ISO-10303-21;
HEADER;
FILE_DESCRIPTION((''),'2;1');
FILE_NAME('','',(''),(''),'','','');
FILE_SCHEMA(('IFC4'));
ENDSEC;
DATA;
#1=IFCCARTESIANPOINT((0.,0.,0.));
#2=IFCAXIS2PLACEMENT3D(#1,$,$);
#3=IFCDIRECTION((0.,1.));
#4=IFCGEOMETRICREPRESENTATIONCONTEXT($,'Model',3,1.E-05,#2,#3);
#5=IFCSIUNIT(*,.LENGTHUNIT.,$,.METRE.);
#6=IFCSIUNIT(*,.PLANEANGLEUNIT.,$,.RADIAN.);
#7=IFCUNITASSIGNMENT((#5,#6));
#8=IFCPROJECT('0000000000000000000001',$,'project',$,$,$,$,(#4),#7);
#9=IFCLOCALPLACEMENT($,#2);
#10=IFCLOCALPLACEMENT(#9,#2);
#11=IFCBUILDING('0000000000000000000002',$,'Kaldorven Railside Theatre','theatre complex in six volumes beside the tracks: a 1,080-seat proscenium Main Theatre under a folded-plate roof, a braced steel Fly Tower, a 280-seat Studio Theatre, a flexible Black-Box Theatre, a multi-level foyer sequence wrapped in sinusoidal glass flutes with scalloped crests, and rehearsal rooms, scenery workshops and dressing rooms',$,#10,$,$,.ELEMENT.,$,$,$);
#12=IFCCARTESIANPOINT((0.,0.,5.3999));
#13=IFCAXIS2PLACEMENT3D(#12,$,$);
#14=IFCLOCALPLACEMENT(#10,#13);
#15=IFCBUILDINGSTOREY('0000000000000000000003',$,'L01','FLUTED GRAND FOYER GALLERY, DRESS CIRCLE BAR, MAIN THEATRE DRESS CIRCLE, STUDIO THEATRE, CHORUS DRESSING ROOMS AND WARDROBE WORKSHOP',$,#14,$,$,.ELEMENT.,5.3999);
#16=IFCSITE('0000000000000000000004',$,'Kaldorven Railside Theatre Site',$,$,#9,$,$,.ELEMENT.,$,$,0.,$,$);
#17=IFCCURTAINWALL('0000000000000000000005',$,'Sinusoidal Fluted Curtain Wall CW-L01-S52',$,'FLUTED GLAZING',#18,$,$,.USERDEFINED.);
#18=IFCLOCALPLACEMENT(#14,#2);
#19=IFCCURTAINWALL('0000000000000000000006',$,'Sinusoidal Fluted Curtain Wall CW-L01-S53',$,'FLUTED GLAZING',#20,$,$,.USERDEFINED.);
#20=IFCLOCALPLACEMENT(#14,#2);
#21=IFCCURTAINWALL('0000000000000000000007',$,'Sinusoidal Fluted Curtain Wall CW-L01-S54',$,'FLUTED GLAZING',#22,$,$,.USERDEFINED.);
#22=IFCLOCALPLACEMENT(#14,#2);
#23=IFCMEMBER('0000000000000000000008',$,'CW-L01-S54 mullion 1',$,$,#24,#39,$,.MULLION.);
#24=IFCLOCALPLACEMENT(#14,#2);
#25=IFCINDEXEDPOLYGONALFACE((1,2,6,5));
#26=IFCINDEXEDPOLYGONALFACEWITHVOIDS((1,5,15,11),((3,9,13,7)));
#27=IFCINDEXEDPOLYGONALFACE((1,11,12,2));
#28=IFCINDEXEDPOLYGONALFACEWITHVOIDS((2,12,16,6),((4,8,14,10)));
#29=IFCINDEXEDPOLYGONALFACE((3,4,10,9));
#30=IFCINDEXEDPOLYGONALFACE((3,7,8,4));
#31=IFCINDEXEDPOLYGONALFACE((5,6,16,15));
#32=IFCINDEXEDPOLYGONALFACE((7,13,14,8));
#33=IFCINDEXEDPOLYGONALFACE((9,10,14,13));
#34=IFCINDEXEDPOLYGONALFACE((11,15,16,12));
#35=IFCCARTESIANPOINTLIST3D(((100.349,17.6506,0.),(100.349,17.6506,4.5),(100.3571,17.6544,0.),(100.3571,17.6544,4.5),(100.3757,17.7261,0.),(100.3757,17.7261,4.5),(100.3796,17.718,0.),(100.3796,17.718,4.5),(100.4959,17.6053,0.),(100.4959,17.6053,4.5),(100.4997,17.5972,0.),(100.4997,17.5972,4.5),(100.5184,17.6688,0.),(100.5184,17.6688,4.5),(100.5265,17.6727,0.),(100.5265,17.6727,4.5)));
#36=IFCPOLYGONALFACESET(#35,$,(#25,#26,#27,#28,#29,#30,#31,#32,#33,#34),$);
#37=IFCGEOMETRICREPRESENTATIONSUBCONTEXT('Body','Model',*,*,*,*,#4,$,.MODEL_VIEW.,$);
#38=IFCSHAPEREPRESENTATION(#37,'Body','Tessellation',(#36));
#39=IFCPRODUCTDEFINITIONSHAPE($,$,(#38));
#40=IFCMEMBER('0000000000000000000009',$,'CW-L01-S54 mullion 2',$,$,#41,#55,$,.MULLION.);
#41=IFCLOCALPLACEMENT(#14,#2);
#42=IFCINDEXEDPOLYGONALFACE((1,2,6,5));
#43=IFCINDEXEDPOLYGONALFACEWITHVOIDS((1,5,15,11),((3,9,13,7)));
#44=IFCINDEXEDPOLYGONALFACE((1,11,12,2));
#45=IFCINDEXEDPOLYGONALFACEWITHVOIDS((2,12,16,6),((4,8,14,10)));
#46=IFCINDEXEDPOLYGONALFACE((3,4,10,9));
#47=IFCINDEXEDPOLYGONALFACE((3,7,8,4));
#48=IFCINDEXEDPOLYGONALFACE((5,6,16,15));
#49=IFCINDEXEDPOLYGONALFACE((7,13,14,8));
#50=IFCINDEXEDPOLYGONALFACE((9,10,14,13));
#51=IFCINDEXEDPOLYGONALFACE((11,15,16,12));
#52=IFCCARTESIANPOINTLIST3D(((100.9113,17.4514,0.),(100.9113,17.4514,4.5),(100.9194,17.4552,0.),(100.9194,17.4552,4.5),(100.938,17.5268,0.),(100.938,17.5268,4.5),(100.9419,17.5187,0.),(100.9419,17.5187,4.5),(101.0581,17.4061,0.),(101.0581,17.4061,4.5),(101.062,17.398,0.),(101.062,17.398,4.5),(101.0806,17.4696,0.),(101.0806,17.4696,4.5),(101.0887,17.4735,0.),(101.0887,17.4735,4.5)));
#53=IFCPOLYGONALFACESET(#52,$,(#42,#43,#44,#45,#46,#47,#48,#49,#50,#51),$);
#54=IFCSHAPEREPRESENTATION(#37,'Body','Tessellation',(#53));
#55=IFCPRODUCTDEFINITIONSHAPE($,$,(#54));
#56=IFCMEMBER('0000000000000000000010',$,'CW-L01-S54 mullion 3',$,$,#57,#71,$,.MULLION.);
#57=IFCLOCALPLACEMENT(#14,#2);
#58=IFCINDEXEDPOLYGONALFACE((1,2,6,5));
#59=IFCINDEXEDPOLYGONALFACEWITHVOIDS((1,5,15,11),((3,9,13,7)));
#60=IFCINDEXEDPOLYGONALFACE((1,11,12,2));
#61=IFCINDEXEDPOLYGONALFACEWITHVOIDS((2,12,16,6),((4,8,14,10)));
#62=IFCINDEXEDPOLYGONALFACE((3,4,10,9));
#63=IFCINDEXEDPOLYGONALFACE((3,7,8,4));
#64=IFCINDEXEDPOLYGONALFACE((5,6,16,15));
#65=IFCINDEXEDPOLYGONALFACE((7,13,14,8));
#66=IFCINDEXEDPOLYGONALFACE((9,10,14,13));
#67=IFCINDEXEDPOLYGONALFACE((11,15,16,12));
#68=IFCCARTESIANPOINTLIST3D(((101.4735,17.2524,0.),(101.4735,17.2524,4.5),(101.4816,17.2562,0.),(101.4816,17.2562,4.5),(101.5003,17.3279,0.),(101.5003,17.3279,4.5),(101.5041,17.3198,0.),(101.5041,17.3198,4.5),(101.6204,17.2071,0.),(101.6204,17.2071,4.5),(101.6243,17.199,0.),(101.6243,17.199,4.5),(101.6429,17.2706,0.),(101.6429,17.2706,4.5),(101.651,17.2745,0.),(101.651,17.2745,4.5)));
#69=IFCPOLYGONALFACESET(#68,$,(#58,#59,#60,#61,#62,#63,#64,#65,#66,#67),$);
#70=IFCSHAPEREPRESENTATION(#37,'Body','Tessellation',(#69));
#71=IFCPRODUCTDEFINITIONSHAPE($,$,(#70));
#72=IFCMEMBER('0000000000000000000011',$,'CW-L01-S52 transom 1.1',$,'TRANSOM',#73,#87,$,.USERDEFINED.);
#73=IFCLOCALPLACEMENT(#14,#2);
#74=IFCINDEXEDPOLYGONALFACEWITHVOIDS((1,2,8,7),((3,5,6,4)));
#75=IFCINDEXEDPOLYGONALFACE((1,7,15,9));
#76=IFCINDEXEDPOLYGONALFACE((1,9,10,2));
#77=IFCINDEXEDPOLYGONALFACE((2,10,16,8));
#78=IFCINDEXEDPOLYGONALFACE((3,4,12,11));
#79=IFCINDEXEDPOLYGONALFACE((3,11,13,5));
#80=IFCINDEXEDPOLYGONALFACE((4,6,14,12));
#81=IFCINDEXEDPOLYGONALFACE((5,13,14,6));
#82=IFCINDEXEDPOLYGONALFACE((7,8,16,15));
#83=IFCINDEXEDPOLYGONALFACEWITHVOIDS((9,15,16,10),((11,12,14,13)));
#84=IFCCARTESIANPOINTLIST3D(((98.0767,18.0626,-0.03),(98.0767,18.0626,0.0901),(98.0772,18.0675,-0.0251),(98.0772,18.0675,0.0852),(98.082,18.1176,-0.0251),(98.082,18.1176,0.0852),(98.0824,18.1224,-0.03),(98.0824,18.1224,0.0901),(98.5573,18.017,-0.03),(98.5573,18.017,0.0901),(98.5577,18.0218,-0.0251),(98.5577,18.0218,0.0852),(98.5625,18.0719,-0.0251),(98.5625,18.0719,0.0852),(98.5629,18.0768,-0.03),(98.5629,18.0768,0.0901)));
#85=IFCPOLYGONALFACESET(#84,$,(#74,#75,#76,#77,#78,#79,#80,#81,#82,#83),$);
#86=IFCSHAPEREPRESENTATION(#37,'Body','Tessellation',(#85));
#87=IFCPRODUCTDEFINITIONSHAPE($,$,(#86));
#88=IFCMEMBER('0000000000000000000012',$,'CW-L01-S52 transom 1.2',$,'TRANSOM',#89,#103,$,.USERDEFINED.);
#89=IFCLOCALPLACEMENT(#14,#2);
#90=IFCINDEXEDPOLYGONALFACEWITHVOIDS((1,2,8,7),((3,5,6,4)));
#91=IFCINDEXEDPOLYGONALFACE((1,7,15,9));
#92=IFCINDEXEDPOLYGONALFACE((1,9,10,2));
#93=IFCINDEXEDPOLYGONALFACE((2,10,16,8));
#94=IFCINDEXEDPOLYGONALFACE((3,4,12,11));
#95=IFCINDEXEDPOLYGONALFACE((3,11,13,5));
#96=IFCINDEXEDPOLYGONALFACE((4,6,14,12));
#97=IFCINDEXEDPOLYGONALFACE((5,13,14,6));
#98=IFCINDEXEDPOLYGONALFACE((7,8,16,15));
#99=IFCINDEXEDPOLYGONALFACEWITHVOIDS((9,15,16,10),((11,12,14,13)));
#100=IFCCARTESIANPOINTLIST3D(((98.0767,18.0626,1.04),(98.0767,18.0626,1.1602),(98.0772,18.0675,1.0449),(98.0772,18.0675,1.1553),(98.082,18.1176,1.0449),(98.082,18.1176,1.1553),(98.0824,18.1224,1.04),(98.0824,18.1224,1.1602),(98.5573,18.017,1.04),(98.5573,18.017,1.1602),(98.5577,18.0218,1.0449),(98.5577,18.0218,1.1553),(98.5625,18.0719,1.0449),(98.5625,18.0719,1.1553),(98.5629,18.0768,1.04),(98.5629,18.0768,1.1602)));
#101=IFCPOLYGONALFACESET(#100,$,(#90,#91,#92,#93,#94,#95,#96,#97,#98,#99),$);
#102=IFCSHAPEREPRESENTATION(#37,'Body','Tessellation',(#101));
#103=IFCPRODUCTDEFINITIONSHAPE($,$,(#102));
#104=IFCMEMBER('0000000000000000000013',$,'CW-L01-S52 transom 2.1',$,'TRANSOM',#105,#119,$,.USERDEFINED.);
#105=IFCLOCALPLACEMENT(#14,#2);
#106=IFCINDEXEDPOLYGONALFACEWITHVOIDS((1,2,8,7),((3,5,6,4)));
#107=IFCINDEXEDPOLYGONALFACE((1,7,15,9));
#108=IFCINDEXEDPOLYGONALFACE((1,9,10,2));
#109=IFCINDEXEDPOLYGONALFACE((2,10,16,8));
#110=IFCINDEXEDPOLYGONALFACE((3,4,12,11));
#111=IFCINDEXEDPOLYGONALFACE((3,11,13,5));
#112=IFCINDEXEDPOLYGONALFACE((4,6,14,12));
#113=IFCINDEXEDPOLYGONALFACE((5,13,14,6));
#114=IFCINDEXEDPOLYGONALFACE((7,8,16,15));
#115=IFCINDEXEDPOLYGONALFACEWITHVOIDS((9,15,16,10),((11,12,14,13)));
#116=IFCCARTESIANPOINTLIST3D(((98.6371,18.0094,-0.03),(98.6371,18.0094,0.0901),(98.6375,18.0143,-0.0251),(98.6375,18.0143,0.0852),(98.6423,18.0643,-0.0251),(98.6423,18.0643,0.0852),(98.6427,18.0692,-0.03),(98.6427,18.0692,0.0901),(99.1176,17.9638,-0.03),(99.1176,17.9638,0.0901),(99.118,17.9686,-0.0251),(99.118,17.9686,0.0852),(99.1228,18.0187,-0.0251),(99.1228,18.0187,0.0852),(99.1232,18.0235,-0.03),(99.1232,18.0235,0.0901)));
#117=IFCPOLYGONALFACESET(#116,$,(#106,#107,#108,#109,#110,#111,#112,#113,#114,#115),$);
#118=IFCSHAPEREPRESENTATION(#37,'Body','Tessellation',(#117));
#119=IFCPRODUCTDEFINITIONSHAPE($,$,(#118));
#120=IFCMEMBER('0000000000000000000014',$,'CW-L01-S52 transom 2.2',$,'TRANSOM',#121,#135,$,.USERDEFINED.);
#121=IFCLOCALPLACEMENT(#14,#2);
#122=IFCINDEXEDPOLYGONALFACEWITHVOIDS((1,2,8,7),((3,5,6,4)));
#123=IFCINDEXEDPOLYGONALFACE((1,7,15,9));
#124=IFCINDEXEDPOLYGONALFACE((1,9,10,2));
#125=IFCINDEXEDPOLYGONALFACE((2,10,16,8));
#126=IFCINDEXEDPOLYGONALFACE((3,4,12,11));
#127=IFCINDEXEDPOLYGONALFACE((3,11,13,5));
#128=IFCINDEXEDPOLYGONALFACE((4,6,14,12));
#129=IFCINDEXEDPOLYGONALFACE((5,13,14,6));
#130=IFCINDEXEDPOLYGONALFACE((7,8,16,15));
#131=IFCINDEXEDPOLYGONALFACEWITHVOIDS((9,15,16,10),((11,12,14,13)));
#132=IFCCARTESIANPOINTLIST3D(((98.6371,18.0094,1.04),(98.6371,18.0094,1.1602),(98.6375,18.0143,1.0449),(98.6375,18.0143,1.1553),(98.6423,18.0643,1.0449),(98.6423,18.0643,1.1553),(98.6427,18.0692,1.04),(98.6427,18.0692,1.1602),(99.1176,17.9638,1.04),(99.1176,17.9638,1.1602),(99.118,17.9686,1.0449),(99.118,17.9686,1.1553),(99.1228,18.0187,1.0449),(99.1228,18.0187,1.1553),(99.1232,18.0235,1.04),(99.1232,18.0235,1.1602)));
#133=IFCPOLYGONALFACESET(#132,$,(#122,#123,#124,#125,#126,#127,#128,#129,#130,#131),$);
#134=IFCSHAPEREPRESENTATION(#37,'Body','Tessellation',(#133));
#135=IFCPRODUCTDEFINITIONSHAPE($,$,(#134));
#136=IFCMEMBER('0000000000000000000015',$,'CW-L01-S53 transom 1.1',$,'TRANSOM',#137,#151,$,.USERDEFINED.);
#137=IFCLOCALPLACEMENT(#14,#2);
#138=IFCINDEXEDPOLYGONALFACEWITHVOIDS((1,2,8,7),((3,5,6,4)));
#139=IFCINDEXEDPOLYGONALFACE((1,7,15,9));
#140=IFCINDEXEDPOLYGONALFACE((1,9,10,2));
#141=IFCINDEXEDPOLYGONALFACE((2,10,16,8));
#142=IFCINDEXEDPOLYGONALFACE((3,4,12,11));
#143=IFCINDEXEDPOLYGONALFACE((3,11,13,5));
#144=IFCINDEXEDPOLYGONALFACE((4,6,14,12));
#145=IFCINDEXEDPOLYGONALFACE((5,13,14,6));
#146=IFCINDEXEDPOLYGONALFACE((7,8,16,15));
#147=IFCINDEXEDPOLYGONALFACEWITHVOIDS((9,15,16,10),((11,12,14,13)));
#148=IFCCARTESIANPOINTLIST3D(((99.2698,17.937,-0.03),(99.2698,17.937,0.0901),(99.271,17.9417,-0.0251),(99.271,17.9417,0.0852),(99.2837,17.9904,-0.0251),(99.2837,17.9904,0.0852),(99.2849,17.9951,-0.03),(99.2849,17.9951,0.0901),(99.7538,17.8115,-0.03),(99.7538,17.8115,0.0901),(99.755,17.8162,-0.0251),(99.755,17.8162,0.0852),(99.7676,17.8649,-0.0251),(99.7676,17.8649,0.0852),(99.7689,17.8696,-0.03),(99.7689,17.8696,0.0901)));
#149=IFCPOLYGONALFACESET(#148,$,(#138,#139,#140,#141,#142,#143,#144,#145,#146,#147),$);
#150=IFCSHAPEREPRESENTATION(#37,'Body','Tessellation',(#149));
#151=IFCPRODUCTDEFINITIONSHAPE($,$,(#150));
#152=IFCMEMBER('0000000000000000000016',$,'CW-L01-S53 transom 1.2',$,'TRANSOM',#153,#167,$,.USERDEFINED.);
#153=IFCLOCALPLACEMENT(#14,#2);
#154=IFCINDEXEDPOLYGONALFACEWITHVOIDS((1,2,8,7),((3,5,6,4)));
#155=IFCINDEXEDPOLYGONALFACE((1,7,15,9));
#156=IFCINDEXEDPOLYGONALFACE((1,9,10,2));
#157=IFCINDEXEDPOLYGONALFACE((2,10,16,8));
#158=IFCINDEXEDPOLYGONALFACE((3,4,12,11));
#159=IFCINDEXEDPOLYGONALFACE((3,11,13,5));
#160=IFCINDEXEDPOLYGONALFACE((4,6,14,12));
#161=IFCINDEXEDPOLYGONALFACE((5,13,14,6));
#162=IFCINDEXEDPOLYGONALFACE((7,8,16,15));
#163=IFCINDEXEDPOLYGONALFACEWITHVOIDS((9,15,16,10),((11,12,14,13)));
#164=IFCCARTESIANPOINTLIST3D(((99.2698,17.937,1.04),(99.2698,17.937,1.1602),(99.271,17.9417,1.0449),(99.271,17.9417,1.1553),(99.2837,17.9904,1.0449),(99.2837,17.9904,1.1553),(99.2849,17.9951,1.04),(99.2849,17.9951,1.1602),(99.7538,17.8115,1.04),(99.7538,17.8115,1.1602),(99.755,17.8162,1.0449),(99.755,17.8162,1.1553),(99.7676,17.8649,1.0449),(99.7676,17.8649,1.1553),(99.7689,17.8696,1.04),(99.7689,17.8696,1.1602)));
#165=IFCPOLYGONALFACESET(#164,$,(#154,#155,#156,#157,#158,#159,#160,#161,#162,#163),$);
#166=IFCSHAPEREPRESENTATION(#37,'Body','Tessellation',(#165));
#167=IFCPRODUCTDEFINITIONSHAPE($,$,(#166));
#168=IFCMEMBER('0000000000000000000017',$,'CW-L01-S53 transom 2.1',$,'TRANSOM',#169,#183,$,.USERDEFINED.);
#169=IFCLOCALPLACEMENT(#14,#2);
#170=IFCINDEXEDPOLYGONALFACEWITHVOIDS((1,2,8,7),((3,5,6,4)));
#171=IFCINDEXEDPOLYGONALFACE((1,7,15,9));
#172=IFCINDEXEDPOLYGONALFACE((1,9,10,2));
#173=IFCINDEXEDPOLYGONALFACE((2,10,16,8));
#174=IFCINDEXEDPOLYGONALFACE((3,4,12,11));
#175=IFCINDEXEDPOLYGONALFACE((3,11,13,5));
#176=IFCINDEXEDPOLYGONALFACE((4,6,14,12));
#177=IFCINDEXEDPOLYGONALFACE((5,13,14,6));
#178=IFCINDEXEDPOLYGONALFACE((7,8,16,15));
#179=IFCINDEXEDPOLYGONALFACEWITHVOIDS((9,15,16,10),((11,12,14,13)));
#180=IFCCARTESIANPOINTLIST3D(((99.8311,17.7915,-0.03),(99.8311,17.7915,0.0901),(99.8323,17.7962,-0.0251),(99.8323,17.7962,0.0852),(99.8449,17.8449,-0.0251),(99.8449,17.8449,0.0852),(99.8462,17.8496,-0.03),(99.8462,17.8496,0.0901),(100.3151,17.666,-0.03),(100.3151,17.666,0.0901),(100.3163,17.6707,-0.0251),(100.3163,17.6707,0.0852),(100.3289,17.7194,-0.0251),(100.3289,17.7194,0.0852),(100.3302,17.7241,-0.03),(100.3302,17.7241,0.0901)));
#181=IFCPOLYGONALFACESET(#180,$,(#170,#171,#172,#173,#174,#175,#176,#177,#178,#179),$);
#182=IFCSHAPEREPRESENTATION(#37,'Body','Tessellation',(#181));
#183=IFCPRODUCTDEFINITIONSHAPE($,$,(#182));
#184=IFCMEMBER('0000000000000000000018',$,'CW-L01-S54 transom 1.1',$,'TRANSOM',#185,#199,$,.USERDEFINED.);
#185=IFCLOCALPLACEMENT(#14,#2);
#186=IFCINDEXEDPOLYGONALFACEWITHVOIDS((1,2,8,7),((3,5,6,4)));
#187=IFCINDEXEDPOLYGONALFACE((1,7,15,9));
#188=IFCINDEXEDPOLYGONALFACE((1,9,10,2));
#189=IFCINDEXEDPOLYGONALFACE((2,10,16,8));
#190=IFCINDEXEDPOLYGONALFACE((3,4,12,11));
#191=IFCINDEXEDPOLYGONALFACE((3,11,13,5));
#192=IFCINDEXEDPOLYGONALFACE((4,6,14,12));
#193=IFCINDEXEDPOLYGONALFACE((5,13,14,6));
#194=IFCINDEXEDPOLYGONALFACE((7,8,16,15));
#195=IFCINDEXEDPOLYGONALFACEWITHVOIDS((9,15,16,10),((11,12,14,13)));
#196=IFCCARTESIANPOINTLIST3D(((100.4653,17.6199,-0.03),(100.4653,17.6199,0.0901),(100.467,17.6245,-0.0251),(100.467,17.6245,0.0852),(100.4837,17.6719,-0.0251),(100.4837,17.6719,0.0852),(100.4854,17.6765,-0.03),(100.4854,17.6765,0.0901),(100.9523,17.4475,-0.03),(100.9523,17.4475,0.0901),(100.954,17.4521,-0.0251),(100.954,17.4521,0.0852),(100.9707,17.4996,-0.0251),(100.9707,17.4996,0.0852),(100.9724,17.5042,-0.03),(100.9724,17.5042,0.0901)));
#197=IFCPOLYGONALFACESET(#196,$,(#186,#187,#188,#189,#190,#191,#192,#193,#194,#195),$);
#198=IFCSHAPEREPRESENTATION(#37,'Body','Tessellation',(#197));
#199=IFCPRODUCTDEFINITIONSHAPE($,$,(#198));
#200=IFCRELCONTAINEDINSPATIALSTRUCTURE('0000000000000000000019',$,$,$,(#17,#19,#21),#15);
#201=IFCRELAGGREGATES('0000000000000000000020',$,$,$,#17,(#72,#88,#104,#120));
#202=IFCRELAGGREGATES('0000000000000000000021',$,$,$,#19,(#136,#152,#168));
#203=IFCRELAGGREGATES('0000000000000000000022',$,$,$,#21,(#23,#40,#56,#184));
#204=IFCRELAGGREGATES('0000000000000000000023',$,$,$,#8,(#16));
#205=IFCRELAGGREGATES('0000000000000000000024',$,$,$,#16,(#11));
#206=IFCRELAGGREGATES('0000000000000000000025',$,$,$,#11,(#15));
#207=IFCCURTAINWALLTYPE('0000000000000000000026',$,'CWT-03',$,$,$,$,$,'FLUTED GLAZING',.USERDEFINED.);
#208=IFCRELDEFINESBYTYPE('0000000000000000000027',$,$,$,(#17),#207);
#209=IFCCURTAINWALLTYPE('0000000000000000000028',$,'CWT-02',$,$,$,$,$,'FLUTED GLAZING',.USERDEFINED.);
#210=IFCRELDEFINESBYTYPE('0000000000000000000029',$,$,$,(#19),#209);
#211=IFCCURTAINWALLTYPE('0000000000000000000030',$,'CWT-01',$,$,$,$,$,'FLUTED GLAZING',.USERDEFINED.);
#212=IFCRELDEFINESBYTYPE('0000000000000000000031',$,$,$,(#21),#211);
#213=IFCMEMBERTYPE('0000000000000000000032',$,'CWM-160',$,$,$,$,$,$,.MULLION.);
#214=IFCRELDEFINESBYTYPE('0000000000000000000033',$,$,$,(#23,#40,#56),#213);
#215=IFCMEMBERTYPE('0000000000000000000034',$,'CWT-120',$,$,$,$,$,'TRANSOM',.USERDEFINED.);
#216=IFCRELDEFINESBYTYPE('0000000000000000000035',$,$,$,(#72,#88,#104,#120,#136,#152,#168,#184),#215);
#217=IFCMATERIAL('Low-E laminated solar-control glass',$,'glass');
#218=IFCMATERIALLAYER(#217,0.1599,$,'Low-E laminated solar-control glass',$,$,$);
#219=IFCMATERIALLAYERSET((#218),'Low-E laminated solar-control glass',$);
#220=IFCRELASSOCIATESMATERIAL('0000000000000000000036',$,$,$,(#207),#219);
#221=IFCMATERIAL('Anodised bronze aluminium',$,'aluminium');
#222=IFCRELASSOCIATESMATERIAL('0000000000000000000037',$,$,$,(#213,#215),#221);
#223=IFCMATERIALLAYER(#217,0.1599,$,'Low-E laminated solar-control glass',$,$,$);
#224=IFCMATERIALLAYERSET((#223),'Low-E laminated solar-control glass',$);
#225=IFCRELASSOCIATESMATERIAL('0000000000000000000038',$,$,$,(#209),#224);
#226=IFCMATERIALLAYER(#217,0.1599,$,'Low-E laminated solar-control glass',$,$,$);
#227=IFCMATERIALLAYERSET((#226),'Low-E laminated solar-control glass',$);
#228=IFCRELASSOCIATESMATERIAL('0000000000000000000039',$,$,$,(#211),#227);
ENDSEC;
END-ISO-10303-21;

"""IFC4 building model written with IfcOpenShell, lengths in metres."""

from ifc_helpers import new_model, si_unit, direction, frame, origin, origin_2d, place, context, subcontext, project, spatial, hollow_rectangle, extrude, material, layer, layer_set, material_profile, profile_set, type_object, element, aggregate, save


model = new_model("IFC4")

# Units and contexts
model_context = context("Model", 3, precision=1e-05, world=origin(), true_north=direction((0.0, 1.0)))
body_context = subcontext(model_context, "Body", "Model", "MODEL_VIEW")
ifc_project = project(units=[si_unit("LENGTHUNIT", "METRE"), si_unit("PLANEANGLEUNIT", "RADIAN")], contexts=[model_context])

# Site, building, storey
site_placement = place(None, origin())
site = spatial("IfcSite", under=ifc_project, at=site_placement, Name="Kaldorven Railside Theatre Site", CompositionType="ELEMENT", RefElevation=0.0)
building_placement = place(site_placement, origin())
building = spatial("IfcBuilding", under=site, at=building_placement, Name="Kaldorven Railside Theatre", Description="theatre complex in six volumes beside the tracks: a 1,080-seat proscenium Main Theatre under a folded-plate roof, a braced steel Fly Tower, a 280-seat Studio Theatre, a flexible Black-Box Theatre, a multi-level foyer sequence wrapped in sinusoidal glass flutes with scalloped crests, and rehearsal rooms, scenery workshops and dressing rooms", CompositionType="ELEMENT")
storey_placement = place(building_placement, frame((0.0, 0.0, 5.3999)))
storey = spatial("IfcBuildingStorey", under=building, at=storey_placement, Name="L01", Description="FLUTED GRAND FOYER GALLERY, DRESS CIRCLE BAR, MAIN THEATRE DRESS CIRCLE, STUDIO THEATRE, CHORUS DRESSING ROOMS AND WARDROBE WORKSHOP", CompositionType="ELEMENT", Elevation=5.3999)

# Shared definitions
ifc_material_1 = material(Name="Low-E laminated solar-control glass", Category="glass")
ifc_layer_1 = layer(ifc_material_1, 0.1599, Name="Low-E laminated solar-control glass")
ifc_layer_set_1 = layer_set([ifc_layer_1], Name="Low-E laminated solar-control glass")
curtain_wall_type_1 = type_object("IfcCurtainWallType", Name="CWT-03", ElementType="FLUTED GLAZING", PredefinedType="USERDEFINED", material=ifc_layer_set_1)
ifc_material_2 = material(Name="Anodised bronze aluminium", Category="aluminium")
ifc_material_profile_1 = material_profile(ifc_material_2, hollow_rectangle(XDim=0.0801, YDim=0.1599, WallThickness=0.0063, at=origin_2d()), Name="RHS 160x80x6.3")
ifc_profile_set_1 = profile_set([ifc_material_profile_1], Name="Anodised bronze aluminium")
member_type_1 = type_object("IfcMemberType", Name="CWM-160", PredefinedType="MULLION", material=ifc_profile_set_1)

# Curtain walls, members
curtain_wall_1_placement = place(storey_placement, origin())
curtain_wall_1 = element("IfcCurtainWall", 1, at=curtain_wall_1_placement, inside=storey, type_object=curtain_wall_type_1, Name="Sinusoidal Fluted Curtain Wall CW-L01-S52", ObjectType="FLUTED GLAZING", PredefinedType="USERDEFINED")
ifc_layer_2 = layer(ifc_material_1, 0.1599, Name="Low-E laminated solar-control glass")
ifc_layer_set_2 = layer_set([ifc_layer_2], Name="Low-E laminated solar-control glass")
curtain_wall_type_2 = type_object("IfcCurtainWallType", Name="CWT-02", ElementType="FLUTED GLAZING", PredefinedType="USERDEFINED", material=ifc_layer_set_2)
curtain_wall_2_placement = place(storey_placement, origin())
curtain_wall_2 = element("IfcCurtainWall", 2, at=curtain_wall_2_placement, inside=storey, type_object=curtain_wall_type_2, Name="Sinusoidal Fluted Curtain Wall CW-L01-S53", ObjectType="FLUTED GLAZING", PredefinedType="USERDEFINED")
ifc_layer_3 = layer(ifc_material_1, 0.1599, Name="Low-E laminated solar-control glass")
ifc_layer_set_3 = layer_set([ifc_layer_3], Name="Low-E laminated solar-control glass")
curtain_wall_type_3 = type_object("IfcCurtainWallType", Name="CWT-01", ElementType="FLUTED GLAZING", PredefinedType="USERDEFINED", material=ifc_layer_set_3)
curtain_wall_3_placement = place(storey_placement, origin())
curtain_wall_3 = element("IfcCurtainWall", 3, at=curtain_wall_3_placement, inside=storey, type_object=curtain_wall_type_3, Name="Sinusoidal Fluted Curtain Wall CW-L01-S54", ObjectType="FLUTED GLAZING", PredefinedType="USERDEFINED")
member_1_placement = place(storey_placement, frame((100.4377, 17.6616, 0.0), z_axis=(0.0, 0.0, 1.0), x_axis=(0.333847, 0.942627, 0.0)))
member_1 = element("IfcMember", 4, at=member_1_placement, type_object=member_type_1, Name="CW-L01-S54 mullion 1", PredefinedType="MULLION", context=body_context, shape_type="SweptSolid", body=[
    extrude(hollow_rectangle(XDim=0.0801, YDim=0.1599, WallThickness=0.0063, at=origin_2d()), origin(), (0.0, 0.0, 1.0), 4.5),
])
member_2_placement = place(storey_placement, frame((101.0, 17.4624, 0.0), z_axis=(0.0, 0.0, 1.0), x_axis=(0.333847, 0.942627, 0.0)))
member_2 = element("IfcMember", 5, at=member_2_placement, type_object=member_type_1, Name="CW-L01-S54 mullion 2", PredefinedType="MULLION", context=body_context, shape_type="SweptSolid", body=[
    extrude(hollow_rectangle(XDim=0.0801, YDim=0.1599, WallThickness=0.0063, at=origin_2d()), origin(), (0.0, 0.0, 1.0), 4.5),
])
member_3_placement = place(storey_placement, frame((101.5623, 17.2634, 0.0), z_axis=(0.0, 0.0, 1.0), x_axis=(0.333847, 0.942627, 0.0)))
member_3 = element("IfcMember", 6, at=member_3_placement, type_object=member_type_1, Name="CW-L01-S54 mullion 3", PredefinedType="MULLION", context=body_context, shape_type="SweptSolid", body=[
    extrude(hollow_rectangle(XDim=0.0801, YDim=0.1599, WallThickness=0.0063, at=origin_2d()), origin(), (0.0, 0.0, 1.0), 4.5),
])

# Members
ifc_material_profile_2 = material_profile(ifc_material_2, hollow_rectangle(XDim=0.0601, YDim=0.1201, WallThickness=0.0049, at=origin_2d()), Name="RHS 120x60x5")
ifc_profile_set_2 = profile_set([ifc_material_profile_2], Name="Anodised bronze aluminium")
member_type_2 = type_object("IfcMemberType", Name="CWT-120", ElementType="TRANSOM", PredefinedType="USERDEFINED", material=ifc_profile_set_2)
member_4_placement = place(storey_placement, frame((98.0796, 18.0925, 0.03), z_axis=(0.995516, -0.094594, 0.0), x_axis=(0.094594, 0.995516, 0.0)))
member_4 = element("IfcMember", 7, at=member_4_placement, type_object=member_type_2, Name="CW-L01-S52 transom 1.1", ObjectType="TRANSOM", PredefinedType="USERDEFINED", context=body_context, shape_type="SweptSolid", body=[
    extrude(hollow_rectangle(XDim=0.0601, YDim=0.1201, WallThickness=0.0049, at=origin_2d()), origin(), (0.0, 0.0, 1.0), 0.4827),
])
member_5_placement = place(storey_placement, frame((98.0796, 18.0925, 1.1001), z_axis=(0.995516, -0.094594, 0.0), x_axis=(0.094594, 0.995516, 0.0)))
member_5 = element("IfcMember", 8, at=member_5_placement, type_object=member_type_2, Name="CW-L01-S52 transom 1.2", ObjectType="TRANSOM", PredefinedType="USERDEFINED", context=body_context, shape_type="SweptSolid", body=[
    extrude(hollow_rectangle(XDim=0.0601, YDim=0.1201, WallThickness=0.0049, at=origin_2d()), origin(), (0.0, 0.0, 1.0), 0.4827),
])
member_6_placement = place(storey_placement, frame((98.6399, 18.0393, 0.03), z_axis=(0.995516, -0.094594, 0.0), x_axis=(0.094594, 0.995516, 0.0)))
member_6 = element("IfcMember", 9, at=member_6_placement, type_object=member_type_2, Name="CW-L01-S52 transom 2.1", ObjectType="TRANSOM", PredefinedType="USERDEFINED", context=body_context, shape_type="SweptSolid", body=[
    extrude(hollow_rectangle(XDim=0.0601, YDim=0.1201, WallThickness=0.0049, at=origin_2d()), origin(), (0.0, 0.0, 1.0), 0.4827),
])
member_7_placement = place(storey_placement, frame((98.6399, 18.0393, 1.1001), z_axis=(0.995516, -0.094594, 0.0), x_axis=(0.094594, 0.995516, 0.0)))
member_7 = element("IfcMember", 10, at=member_7_placement, type_object=member_type_2, Name="CW-L01-S52 transom 2.2", ObjectType="TRANSOM", PredefinedType="USERDEFINED", context=body_context, shape_type="SweptSolid", body=[
    extrude(hollow_rectangle(XDim=0.0601, YDim=0.1201, WallThickness=0.0049, at=origin_2d()), origin(), (0.0, 0.0, 1.0), 0.4827),
])
member_8_placement = place(storey_placement, frame((99.2773, 17.9661, 0.03), z_axis=(0.967979, -0.25103, 0.0), x_axis=(0.25103, 0.967979, 0.0)))
member_8 = element("IfcMember", 11, at=member_8_placement, type_object=member_type_2, Name="CW-L01-S53 transom 1.1", ObjectType="TRANSOM", PredefinedType="USERDEFINED", context=body_context, shape_type="SweptSolid", body=[
    extrude(hollow_rectangle(XDim=0.0601, YDim=0.1201, WallThickness=0.0049, at=origin_2d()), origin(), (0.0, 0.0, 1.0), 0.5),
])
member_9_placement = place(storey_placement, frame((99.2773, 17.9661, 1.1001), z_axis=(0.967979, -0.25103, 0.0), x_axis=(0.25103, 0.967979, 0.0)))
member_9 = element("IfcMember", 12, at=member_9_placement, type_object=member_type_2, Name="CW-L01-S53 transom 1.2", ObjectType="TRANSOM", PredefinedType="USERDEFINED", context=body_context, shape_type="SweptSolid", body=[
    extrude(hollow_rectangle(XDim=0.0601, YDim=0.1201, WallThickness=0.0049, at=origin_2d()), origin(), (0.0, 0.0, 1.0), 0.5),
])
member_10_placement = place(storey_placement, frame((99.8386, 17.8206, 0.03), z_axis=(0.967979, -0.25103, 0.0), x_axis=(0.25103, 0.967979, 0.0)))
member_10 = element("IfcMember", 13, at=member_10_placement, type_object=member_type_2, Name="CW-L01-S53 transom 2.1", ObjectType="TRANSOM", PredefinedType="USERDEFINED", context=body_context, shape_type="SweptSolid", body=[
    extrude(hollow_rectangle(XDim=0.0601, YDim=0.1201, WallThickness=0.0049, at=origin_2d()), origin(), (0.0, 0.0, 1.0), 0.5),
])
member_11_placement = place(storey_placement, frame((100.4753, 17.6482, 0.03), z_axis=(0.942711, -0.333611, 0.0), x_axis=(0.333611, 0.942711, 0.0)))
member_11 = element("IfcMember", 14, at=member_11_placement, type_object=member_type_2, Name="CW-L01-S54 transom 1.1", ObjectType="TRANSOM", PredefinedType="USERDEFINED", context=body_context, shape_type="SweptSolid", body=[
    extrude(hollow_rectangle(XDim=0.0601, YDim=0.1201, WallThickness=0.0049, at=origin_2d()), origin(), (0.0, 0.0, 1.0), 0.5166),
])

aggregate(curtain_wall_1, [member_4, member_5, member_6, member_7])
aggregate(curtain_wall_2, [member_8, member_9, member_10])
aggregate(curtain_wall_3, [member_1, member_2, member_3, member_11])

save(model, "model.ifc")
